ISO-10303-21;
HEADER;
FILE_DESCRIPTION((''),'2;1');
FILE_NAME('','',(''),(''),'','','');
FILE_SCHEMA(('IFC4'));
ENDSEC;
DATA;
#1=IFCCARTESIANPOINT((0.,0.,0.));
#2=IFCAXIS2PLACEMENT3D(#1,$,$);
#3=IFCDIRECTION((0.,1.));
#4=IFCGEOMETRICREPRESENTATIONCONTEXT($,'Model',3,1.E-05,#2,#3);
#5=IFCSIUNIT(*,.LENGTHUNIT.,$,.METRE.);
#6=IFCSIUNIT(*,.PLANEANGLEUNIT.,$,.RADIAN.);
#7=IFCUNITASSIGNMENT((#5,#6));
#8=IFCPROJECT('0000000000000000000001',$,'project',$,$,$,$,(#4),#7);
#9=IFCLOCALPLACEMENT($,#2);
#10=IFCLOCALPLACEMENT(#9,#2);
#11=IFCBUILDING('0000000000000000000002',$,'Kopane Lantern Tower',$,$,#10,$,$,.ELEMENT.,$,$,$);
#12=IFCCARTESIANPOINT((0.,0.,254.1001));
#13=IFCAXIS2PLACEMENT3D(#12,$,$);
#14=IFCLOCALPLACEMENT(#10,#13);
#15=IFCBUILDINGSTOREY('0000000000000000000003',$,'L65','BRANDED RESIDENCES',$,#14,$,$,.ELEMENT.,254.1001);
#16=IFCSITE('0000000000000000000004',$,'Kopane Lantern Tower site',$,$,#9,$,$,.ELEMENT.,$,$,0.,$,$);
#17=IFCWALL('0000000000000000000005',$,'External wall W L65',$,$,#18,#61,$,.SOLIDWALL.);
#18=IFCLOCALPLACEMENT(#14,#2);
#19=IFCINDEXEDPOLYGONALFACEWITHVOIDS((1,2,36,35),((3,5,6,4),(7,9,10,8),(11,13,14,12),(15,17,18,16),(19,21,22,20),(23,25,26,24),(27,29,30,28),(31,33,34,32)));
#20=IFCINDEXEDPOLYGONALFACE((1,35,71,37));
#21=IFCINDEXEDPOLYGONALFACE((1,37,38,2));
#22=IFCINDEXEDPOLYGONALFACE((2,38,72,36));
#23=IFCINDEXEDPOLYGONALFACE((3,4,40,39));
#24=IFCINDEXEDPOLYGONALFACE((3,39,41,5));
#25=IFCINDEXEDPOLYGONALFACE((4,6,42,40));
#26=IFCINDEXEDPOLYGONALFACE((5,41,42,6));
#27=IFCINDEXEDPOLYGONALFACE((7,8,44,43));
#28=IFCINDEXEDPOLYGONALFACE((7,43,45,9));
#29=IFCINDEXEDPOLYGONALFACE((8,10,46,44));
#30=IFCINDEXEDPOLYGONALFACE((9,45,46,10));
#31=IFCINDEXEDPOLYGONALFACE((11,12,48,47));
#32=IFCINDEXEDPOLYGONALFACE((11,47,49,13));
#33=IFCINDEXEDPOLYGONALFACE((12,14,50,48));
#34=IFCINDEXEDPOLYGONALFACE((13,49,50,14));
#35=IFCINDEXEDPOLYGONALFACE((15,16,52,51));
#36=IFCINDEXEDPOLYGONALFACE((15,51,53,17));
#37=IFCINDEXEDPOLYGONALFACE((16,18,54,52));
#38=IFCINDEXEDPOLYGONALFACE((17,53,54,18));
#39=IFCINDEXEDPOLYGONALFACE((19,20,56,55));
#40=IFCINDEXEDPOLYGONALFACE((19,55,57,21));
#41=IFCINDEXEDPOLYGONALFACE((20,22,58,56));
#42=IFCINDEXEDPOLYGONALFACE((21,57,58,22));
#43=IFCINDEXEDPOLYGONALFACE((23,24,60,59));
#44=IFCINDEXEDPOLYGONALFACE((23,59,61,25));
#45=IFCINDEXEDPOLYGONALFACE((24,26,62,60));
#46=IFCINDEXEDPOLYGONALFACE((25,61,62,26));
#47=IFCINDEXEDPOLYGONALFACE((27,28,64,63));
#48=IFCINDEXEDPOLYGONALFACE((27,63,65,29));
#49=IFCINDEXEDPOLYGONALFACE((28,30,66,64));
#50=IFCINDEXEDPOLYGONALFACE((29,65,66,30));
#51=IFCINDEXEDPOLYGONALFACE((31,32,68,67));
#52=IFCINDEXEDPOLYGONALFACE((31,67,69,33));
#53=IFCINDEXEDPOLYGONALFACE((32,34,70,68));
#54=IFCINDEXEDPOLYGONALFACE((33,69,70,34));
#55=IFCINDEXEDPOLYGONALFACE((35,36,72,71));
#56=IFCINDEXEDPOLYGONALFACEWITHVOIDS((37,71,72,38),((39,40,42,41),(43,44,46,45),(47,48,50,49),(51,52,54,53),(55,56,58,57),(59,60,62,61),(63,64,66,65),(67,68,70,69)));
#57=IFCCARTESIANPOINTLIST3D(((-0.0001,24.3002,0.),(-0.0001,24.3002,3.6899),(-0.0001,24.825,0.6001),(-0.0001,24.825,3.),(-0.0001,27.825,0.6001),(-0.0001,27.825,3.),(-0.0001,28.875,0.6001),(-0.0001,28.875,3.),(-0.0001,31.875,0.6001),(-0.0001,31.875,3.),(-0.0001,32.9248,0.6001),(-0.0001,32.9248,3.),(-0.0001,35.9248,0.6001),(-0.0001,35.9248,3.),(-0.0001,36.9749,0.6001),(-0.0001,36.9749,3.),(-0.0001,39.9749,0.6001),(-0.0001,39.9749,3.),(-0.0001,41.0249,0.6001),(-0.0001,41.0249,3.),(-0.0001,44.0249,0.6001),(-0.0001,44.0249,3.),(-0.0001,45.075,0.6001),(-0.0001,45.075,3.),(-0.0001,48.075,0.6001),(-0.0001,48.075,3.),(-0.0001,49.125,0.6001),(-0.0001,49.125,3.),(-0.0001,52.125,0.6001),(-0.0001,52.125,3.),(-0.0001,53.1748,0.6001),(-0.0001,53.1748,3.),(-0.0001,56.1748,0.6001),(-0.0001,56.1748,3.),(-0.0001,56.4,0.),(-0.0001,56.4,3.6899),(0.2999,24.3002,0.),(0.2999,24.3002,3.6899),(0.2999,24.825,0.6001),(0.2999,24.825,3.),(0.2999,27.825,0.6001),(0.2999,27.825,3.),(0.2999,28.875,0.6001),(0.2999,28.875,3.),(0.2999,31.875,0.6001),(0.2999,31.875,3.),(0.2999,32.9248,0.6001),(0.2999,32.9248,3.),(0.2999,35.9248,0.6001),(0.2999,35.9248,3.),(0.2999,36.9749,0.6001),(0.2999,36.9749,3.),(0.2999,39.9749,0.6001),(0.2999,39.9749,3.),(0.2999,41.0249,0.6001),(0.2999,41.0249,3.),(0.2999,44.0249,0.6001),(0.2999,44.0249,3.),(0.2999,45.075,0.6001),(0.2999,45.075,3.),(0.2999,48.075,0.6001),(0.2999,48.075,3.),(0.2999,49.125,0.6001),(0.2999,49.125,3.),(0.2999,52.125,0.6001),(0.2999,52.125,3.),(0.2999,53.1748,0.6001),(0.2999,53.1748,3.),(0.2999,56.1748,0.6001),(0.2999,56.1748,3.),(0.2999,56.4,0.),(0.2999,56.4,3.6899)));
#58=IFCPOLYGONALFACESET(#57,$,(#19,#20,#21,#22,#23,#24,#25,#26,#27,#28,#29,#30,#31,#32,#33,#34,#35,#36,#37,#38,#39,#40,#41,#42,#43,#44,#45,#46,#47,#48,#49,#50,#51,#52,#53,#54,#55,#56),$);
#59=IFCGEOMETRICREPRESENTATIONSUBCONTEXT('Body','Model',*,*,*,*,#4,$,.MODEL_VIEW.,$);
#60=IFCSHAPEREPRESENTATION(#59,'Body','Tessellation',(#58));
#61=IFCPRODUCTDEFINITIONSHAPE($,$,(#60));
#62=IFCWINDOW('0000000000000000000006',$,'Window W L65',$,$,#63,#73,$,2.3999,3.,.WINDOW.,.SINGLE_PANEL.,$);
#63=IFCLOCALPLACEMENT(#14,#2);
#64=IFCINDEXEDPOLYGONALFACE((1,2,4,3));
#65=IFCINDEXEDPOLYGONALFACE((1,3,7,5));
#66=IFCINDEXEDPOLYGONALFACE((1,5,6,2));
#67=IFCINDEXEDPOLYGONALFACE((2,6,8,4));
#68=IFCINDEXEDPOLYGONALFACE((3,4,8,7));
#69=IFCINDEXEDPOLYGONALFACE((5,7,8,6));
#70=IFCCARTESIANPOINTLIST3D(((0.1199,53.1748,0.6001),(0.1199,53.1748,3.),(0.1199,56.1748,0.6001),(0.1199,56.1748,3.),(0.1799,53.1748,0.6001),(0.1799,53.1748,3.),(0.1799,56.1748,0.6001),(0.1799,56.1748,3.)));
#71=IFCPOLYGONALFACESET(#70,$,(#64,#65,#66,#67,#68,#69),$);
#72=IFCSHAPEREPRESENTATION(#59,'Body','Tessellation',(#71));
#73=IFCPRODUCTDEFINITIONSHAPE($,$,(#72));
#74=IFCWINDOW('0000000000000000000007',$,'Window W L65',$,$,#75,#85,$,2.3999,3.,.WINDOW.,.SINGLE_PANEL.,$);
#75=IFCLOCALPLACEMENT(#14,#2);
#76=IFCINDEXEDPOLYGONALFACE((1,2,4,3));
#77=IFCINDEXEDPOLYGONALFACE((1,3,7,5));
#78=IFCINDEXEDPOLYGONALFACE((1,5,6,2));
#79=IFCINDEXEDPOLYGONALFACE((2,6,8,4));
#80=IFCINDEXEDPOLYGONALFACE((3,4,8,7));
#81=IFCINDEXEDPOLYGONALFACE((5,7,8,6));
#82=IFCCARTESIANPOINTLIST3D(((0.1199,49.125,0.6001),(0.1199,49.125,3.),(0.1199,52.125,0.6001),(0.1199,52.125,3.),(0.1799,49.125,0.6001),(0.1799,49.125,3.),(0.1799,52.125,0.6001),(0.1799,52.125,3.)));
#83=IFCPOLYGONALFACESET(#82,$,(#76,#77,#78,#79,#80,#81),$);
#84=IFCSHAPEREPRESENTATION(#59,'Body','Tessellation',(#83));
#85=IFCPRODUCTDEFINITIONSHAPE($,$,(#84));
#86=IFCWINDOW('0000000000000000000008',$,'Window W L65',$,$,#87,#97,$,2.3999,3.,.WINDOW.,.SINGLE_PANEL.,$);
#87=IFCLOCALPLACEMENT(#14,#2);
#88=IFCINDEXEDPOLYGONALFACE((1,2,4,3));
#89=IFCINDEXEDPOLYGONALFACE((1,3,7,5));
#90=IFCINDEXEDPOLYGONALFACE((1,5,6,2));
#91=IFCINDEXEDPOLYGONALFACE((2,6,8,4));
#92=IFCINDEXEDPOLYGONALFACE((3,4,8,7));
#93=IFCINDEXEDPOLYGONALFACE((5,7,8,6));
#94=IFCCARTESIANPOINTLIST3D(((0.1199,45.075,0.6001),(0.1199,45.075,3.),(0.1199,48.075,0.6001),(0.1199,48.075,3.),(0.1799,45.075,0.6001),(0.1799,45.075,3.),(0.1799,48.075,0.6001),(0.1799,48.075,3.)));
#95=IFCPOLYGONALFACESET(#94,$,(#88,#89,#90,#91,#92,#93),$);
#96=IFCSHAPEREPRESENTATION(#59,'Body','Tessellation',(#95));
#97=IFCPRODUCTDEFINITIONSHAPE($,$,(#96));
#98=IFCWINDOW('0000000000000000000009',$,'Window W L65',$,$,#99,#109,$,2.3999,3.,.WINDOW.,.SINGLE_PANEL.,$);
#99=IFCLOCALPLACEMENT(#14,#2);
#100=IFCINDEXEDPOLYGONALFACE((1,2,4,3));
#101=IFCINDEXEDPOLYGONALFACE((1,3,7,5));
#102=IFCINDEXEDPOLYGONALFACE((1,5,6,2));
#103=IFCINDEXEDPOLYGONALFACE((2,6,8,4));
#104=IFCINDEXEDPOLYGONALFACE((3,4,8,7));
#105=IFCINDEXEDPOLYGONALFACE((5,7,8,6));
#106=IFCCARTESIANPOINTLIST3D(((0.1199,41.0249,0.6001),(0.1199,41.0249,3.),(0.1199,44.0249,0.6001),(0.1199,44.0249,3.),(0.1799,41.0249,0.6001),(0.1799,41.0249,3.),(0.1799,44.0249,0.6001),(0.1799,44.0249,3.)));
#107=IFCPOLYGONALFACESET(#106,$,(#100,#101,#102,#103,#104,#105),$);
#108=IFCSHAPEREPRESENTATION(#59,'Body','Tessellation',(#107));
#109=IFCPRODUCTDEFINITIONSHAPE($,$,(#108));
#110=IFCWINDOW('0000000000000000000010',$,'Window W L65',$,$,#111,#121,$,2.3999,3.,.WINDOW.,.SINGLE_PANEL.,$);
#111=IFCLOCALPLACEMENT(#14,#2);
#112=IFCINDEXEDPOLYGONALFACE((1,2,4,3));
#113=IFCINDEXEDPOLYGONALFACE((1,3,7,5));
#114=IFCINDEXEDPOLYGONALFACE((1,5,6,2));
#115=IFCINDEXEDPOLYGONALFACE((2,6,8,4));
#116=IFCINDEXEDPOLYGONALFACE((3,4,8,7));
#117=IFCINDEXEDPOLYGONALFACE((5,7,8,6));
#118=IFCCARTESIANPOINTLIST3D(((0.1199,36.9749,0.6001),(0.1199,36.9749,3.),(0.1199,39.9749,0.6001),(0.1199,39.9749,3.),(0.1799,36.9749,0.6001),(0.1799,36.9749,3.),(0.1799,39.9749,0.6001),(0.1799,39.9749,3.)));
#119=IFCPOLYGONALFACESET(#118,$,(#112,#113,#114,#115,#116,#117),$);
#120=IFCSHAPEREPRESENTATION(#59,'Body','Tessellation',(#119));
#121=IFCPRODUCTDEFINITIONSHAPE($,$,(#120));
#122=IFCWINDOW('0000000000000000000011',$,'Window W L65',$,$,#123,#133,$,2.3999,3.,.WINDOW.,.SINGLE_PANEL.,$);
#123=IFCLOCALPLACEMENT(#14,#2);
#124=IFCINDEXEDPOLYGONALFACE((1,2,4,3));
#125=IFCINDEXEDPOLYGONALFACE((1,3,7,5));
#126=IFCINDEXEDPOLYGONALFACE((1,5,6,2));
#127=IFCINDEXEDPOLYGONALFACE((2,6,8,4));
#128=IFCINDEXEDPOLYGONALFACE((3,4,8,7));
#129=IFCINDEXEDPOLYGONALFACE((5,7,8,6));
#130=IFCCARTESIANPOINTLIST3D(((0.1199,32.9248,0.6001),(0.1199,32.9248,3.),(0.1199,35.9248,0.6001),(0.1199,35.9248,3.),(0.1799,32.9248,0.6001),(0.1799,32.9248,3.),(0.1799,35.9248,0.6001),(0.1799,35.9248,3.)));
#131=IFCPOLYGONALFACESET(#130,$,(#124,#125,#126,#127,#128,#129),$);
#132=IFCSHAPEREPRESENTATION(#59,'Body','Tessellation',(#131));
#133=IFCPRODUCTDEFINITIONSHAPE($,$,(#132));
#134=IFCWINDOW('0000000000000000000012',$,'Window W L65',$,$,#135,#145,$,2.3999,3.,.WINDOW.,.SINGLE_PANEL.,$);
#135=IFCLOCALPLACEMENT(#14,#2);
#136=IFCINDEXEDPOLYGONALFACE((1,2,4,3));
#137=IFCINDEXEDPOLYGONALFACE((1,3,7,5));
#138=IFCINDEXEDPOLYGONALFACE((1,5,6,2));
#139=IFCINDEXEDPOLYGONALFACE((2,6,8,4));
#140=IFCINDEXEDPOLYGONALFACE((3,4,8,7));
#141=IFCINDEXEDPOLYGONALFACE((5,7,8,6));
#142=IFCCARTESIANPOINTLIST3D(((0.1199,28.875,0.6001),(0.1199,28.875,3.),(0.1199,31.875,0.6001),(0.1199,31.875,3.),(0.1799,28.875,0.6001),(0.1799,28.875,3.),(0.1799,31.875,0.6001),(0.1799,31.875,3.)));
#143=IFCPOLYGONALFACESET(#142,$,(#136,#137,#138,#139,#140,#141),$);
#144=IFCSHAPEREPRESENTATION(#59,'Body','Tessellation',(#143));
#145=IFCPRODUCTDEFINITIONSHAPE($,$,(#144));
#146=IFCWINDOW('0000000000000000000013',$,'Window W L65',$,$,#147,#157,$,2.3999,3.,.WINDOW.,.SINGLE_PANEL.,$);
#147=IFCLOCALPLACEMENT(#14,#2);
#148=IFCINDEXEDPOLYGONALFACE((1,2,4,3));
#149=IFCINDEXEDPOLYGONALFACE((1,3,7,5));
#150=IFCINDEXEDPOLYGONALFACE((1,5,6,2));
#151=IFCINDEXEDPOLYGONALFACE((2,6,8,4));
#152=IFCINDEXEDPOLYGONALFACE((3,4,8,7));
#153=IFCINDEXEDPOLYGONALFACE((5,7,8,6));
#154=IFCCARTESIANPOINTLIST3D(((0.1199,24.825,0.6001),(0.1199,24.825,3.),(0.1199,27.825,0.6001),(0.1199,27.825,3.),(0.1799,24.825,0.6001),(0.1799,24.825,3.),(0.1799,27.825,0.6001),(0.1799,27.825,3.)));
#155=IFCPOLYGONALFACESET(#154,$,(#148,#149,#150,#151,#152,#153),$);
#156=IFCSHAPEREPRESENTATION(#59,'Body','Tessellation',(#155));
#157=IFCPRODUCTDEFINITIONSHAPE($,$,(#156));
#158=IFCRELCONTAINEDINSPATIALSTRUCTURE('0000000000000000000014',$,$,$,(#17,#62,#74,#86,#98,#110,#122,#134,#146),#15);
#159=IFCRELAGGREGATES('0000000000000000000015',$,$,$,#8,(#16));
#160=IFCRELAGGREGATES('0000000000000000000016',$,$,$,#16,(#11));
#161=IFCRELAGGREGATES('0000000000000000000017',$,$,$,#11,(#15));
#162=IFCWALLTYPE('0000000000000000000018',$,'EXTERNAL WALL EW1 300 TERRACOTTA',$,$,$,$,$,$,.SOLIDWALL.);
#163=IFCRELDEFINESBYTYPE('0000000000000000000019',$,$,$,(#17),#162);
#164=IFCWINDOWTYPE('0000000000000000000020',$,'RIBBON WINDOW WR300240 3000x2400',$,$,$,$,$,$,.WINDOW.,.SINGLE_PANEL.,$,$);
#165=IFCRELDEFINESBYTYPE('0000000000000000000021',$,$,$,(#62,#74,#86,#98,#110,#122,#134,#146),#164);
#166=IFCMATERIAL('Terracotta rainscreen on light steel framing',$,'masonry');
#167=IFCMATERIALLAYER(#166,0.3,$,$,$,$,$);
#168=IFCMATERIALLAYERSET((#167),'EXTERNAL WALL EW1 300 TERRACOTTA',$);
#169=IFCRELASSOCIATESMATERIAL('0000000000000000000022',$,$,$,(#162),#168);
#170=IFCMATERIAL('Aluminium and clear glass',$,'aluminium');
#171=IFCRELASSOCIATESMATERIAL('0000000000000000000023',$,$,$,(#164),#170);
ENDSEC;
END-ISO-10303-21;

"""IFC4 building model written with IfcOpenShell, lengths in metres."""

from ifc_helpers import new_model, si_unit, direction, frame, frame_2d, origin, place, context, subcontext, project, spatial, rectangle, extrude, material, layer, layer_set, type_object, element, fill, save


model = new_model("IFC4")

# Units and contexts
model_context = context("Model", 3, precision=1e-05, world=origin(), true_north=direction((0.0, 1.0)))
body_context = subcontext(model_context, "Body", "Model", "MODEL_VIEW")
ifc_project = project(units=[si_unit("LENGTHUNIT", "METRE"), si_unit("PLANEANGLEUNIT", "RADIAN")], contexts=[model_context])

# Site, building, storey
site_placement = place(None, origin())
site = spatial("IfcSite", under=ifc_project, at=site_placement, Name="Kopane Lantern Tower site", CompositionType="ELEMENT", RefElevation=0.0)
building_placement = place(site_placement, origin())
building = spatial("IfcBuilding", under=site, at=building_placement, Name="Kopane Lantern Tower", CompositionType="ELEMENT")
storey_placement = place(building_placement, frame((0.0, 0.0, 254.1001)))
storey = spatial("IfcBuildingStorey", under=building, at=storey_placement, Name="L65", Description="BRANDED RESIDENCES", CompositionType="ELEMENT", Elevation=254.1001)

# Shared definitions
ifc_material_1 = material(Name="Terracotta rainscreen on light steel framing", Category="masonry")
ifc_layer_1 = layer(ifc_material_1, 0.3)
ifc_layer_set_1 = layer_set([ifc_layer_1], Name="EXTERNAL WALL EW1 300 TERRACOTTA")
wall_type_1 = type_object("IfcWallType", Name="EXTERNAL WALL EW1 300 TERRACOTTA", PredefinedType="SOLIDWALL", material=ifc_layer_set_1)

# Wall, openings, windows
wall_1_placement = place(storey_placement, frame((0.1499, 56.3999, 0.0), z_axis=(0.0, 0.0, 1.0), x_axis=(0.0, -1.0, 0.0)))
wall_1 = element("IfcWall", 1, at=wall_1_placement, inside=storey, type_object=wall_type_1, Name="External wall W L65", PredefinedType="SOLIDWALL", context=body_context, shape_type="SweptSolid", body=[
    extrude(rectangle(XDim=32.0999, YDim=0.3, at=frame_2d((16.0498, 0.0))), origin(), (0.0, 0.0, 1.0), 3.6899),
])
opening_1_placement = place(wall_1_placement, frame((0.2251, 0.0, 0.6001)))
opening_1 = element("IfcOpeningElement", 2, at=opening_1_placement, cuts=wall_1, PredefinedType="OPENING", context=body_context, shape_type="SweptSolid", body=[
    extrude(rectangle(XDim=3.0, YDim=2.3999, at=frame_2d((1.5, 1.2))), frame((0.0, 0.1599, 0.0), z_axis=(0.0, -1.0, 0.0), x_axis=(1.0, 0.0, 0.0)), (0.0, 0.0, 1.0), 0.3201),
])
opening_2_placement = place(wall_1_placement, frame((4.2749, 0.0, 0.6001)))
opening_2 = element("IfcOpeningElement", 3, at=opening_2_placement, cuts=wall_1, PredefinedType="OPENING", context=body_context, shape_type="SweptSolid", body=[
    extrude(rectangle(XDim=3.0, YDim=2.3999, at=frame_2d((1.5, 1.2))), frame((0.0, 0.1599, 0.0), z_axis=(0.0, -1.0, 0.0), x_axis=(1.0, 0.0, 0.0)), (0.0, 0.0, 1.0), 0.3201),
])
opening_3_placement = place(wall_1_placement, frame((8.325, 0.0, 0.6001)))
opening_3 = element("IfcOpeningElement", 4, at=opening_3_placement, cuts=wall_1, PredefinedType="OPENING", context=body_context, shape_type="SweptSolid", body=[
    extrude(rectangle(XDim=3.0, YDim=2.3999, at=frame_2d((1.5, 1.2))), frame((0.0, 0.1599, 0.0), z_axis=(0.0, -1.0, 0.0), x_axis=(1.0, 0.0, 0.0)), (0.0, 0.0, 1.0), 0.3201),
])
opening_4_placement = place(wall_1_placement, frame((12.375, 0.0, 0.6001)))
opening_4 = element("IfcOpeningElement", 5, at=opening_4_placement, cuts=wall_1, PredefinedType="OPENING", context=body_context, shape_type="SweptSolid", body=[
    extrude(rectangle(XDim=3.0, YDim=2.3999, at=frame_2d((1.5, 1.2))), frame((0.0, 0.1599, 0.0), z_axis=(0.0, -1.0, 0.0), x_axis=(1.0, 0.0, 0.0)), (0.0, 0.0, 1.0), 0.3201),
])
opening_5_placement = place(wall_1_placement, frame((16.425, 0.0, 0.6001)))
opening_5 = element("IfcOpeningElement", 6, at=opening_5_placement, cuts=wall_1, PredefinedType="OPENING", context=body_context, shape_type="SweptSolid", body=[
    extrude(rectangle(XDim=3.0, YDim=2.3999, at=frame_2d((1.5, 1.2))), frame((0.0, 0.1599, 0.0), z_axis=(0.0, -1.0, 0.0), x_axis=(1.0, 0.0, 0.0)), (0.0, 0.0, 1.0), 0.3201),
])
opening_6_placement = place(wall_1_placement, frame((20.4751, 0.0, 0.6001)))
opening_6 = element("IfcOpeningElement", 7, at=opening_6_placement, cuts=wall_1, PredefinedType="OPENING", context=body_context, shape_type="SweptSolid", body=[
    extrude(rectangle(XDim=3.0, YDim=2.3999, at=frame_2d((1.5, 1.2))), frame((0.0, 0.1599, 0.0), z_axis=(0.0, -1.0, 0.0), x_axis=(1.0, 0.0, 0.0)), (0.0, 0.0, 1.0), 0.3201),
])
opening_7_placement = place(wall_1_placement, frame((24.5249, 0.0, 0.6001)))
opening_7 = element("IfcOpeningElement", 8, at=opening_7_placement, cuts=wall_1, PredefinedType="OPENING", context=body_context, shape_type="SweptSolid", body=[
    extrude(rectangle(XDim=3.0, YDim=2.3999, at=frame_2d((1.5, 1.2))), frame((0.0, 0.1599, 0.0), z_axis=(0.0, -1.0, 0.0), x_axis=(1.0, 0.0, 0.0)), (0.0, 0.0, 1.0), 0.3201),
])
opening_8_placement = place(wall_1_placement, frame((28.575, 0.0, 0.6001)))
opening_8 = element("IfcOpeningElement", 9, at=opening_8_placement, cuts=wall_1, PredefinedType="OPENING", context=body_context, shape_type="SweptSolid", body=[
    extrude(rectangle(XDim=3.0, YDim=2.3999, at=frame_2d((1.5, 1.2))), frame((0.0, 0.1599, 0.0), z_axis=(0.0, -1.0, 0.0), x_axis=(1.0, 0.0, 0.0)), (0.0, 0.0, 1.0), 0.3201),
])
ifc_material_2 = material(Name="Aluminium and clear glass", Category="aluminium")
window_type_1 = type_object("IfcWindowType", Name="RIBBON WINDOW WR300240 3000x2400", PartitioningType="SINGLE_PANEL", PredefinedType="WINDOW", material=ifc_material_2)
window_1_placement = place(opening_1_placement, origin())
window_1 = element("IfcWindow", 10, at=window_1_placement, inside=storey, type_object=window_type_1, Name="Window W L65", OverallHeight=2.3999, OverallWidth=3.0, PartitioningType="SINGLE_PANEL", PredefinedType="WINDOW", context=body_context, shape_type="SweptSolid", body=[
    extrude(rectangle(XDim=3.0, YDim=2.3999, at=frame_2d((1.5, 1.2))), frame((0.0, 0.03, 0.0), z_axis=(0.0, -1.0, 0.0), x_axis=(1.0, 0.0, 0.0)), (0.0, 0.0, 1.0), 0.0601),
])
fill(opening_1, window_1)
window_2_placement = place(opening_2_placement, origin())
window_2 = element("IfcWindow", 11, at=window_2_placement, inside=storey, type_object=window_type_1, Name="Window W L65", OverallHeight=2.3999, OverallWidth=3.0, PartitioningType="SINGLE_PANEL", PredefinedType="WINDOW", context=body_context, shape_type="SweptSolid", body=[
    extrude(rectangle(XDim=3.0, YDim=2.3999, at=frame_2d((1.5, 1.2))), frame((0.0, 0.03, 0.0), z_axis=(0.0, -1.0, 0.0), x_axis=(1.0, 0.0, 0.0)), (0.0, 0.0, 1.0), 0.0601),
])
fill(opening_2, window_2)
window_3_placement = place(opening_3_placement, origin())
window_3 = element("IfcWindow", 12, at=window_3_placement, inside=storey, type_object=window_type_1, Name="Window W L65", OverallHeight=2.3999, OverallWidth=3.0, PartitioningType="SINGLE_PANEL", PredefinedType="WINDOW", context=body_context, shape_type="SweptSolid", body=[
    extrude(rectangle(XDim=3.0, YDim=2.3999, at=frame_2d((1.5, 1.2))), frame((0.0, 0.03, 0.0), z_axis=(0.0, -1.0, 0.0), x_axis=(1.0, 0.0, 0.0)), (0.0, 0.0, 1.0), 0.0601),
])
fill(opening_3, window_3)
window_4_placement = place(opening_4_placement, origin())
window_4 = element("IfcWindow", 13, at=window_4_placement, inside=storey, type_object=window_type_1, Name="Window W L65", OverallHeight=2.3999, OverallWidth=3.0, PartitioningType="SINGLE_PANEL", PredefinedType="WINDOW", context=body_context, shape_type="SweptSolid", body=[
    extrude(rectangle(XDim=3.0, YDim=2.3999, at=frame_2d((1.5, 1.2))), frame((0.0, 0.03, 0.0), z_axis=(0.0, -1.0, 0.0), x_axis=(1.0, 0.0, 0.0)), (0.0, 0.0, 1.0), 0.0601),
])
fill(opening_4, window_4)
window_5_placement = place(opening_5_placement, origin())
window_5 = element("IfcWindow", 14, at=window_5_placement, inside=storey, type_object=window_type_1, Name="Window W L65", OverallHeight=2.3999, OverallWidth=3.0, PartitioningType="SINGLE_PANEL", PredefinedType="WINDOW", context=body_context, shape_type="SweptSolid", body=[
    extrude(rectangle(XDim=3.0, YDim=2.3999, at=frame_2d((1.5, 1.2))), frame((0.0, 0.03, 0.0), z_axis=(0.0, -1.0, 0.0), x_axis=(1.0, 0.0, 0.0)), (0.0, 0.0, 1.0), 0.0601),
])
fill(opening_5, window_5)
window_6_placement = place(opening_6_placement, origin())
window_6 = element("IfcWindow", 15, at=window_6_placement, inside=storey, type_object=window_type_1, Name="Window W L65", OverallHeight=2.3999, OverallWidth=3.0, PartitioningType="SINGLE_PANEL", PredefinedType="WINDOW", context=body_context, shape_type="SweptSolid", body=[
    extrude(rectangle(XDim=3.0, YDim=2.3999, at=frame_2d((1.5, 1.2))), frame((0.0, 0.03, 0.0), z_axis=(0.0, -1.0, 0.0), x_axis=(1.0, 0.0, 0.0)), (0.0, 0.0, 1.0), 0.0601),
])
fill(opening_6, window_6)
window_7_placement = place(opening_7_placement, origin())
window_7 = element("IfcWindow", 16, at=window_7_placement, inside=storey, type_object=window_type_1, Name="Window W L65", OverallHeight=2.3999, OverallWidth=3.0, PartitioningType="SINGLE_PANEL", PredefinedType="WINDOW", context=body_context, shape_type="SweptSolid", body=[
    extrude(rectangle(XDim=3.0, YDim=2.3999, at=frame_2d((1.5, 1.2))), frame((0.0, 0.03, 0.0), z_axis=(0.0, -1.0, 0.0), x_axis=(1.0, 0.0, 0.0)), (0.0, 0.0, 1.0), 0.0601),
])
fill(opening_7, window_7)
window_8_placement = place(opening_8_placement, origin())
window_8 = element("IfcWindow", 17, at=window_8_placement, inside=storey, type_object=window_type_1, Name="Window W L65", OverallHeight=2.3999, OverallWidth=3.0, PartitioningType="SINGLE_PANEL", PredefinedType="WINDOW", context=body_context, shape_type="SweptSolid", body=[
    extrude(rectangle(XDim=3.0, YDim=2.3999, at=frame_2d((1.5, 1.2))), frame((0.0, 0.03, 0.0), z_axis=(0.0, -1.0, 0.0), x_axis=(1.0, 0.0, 0.0)), (0.0, 0.0, 1.0), 0.0601),
])
fill(opening_8, window_8)

save(model, "model.ifc")
